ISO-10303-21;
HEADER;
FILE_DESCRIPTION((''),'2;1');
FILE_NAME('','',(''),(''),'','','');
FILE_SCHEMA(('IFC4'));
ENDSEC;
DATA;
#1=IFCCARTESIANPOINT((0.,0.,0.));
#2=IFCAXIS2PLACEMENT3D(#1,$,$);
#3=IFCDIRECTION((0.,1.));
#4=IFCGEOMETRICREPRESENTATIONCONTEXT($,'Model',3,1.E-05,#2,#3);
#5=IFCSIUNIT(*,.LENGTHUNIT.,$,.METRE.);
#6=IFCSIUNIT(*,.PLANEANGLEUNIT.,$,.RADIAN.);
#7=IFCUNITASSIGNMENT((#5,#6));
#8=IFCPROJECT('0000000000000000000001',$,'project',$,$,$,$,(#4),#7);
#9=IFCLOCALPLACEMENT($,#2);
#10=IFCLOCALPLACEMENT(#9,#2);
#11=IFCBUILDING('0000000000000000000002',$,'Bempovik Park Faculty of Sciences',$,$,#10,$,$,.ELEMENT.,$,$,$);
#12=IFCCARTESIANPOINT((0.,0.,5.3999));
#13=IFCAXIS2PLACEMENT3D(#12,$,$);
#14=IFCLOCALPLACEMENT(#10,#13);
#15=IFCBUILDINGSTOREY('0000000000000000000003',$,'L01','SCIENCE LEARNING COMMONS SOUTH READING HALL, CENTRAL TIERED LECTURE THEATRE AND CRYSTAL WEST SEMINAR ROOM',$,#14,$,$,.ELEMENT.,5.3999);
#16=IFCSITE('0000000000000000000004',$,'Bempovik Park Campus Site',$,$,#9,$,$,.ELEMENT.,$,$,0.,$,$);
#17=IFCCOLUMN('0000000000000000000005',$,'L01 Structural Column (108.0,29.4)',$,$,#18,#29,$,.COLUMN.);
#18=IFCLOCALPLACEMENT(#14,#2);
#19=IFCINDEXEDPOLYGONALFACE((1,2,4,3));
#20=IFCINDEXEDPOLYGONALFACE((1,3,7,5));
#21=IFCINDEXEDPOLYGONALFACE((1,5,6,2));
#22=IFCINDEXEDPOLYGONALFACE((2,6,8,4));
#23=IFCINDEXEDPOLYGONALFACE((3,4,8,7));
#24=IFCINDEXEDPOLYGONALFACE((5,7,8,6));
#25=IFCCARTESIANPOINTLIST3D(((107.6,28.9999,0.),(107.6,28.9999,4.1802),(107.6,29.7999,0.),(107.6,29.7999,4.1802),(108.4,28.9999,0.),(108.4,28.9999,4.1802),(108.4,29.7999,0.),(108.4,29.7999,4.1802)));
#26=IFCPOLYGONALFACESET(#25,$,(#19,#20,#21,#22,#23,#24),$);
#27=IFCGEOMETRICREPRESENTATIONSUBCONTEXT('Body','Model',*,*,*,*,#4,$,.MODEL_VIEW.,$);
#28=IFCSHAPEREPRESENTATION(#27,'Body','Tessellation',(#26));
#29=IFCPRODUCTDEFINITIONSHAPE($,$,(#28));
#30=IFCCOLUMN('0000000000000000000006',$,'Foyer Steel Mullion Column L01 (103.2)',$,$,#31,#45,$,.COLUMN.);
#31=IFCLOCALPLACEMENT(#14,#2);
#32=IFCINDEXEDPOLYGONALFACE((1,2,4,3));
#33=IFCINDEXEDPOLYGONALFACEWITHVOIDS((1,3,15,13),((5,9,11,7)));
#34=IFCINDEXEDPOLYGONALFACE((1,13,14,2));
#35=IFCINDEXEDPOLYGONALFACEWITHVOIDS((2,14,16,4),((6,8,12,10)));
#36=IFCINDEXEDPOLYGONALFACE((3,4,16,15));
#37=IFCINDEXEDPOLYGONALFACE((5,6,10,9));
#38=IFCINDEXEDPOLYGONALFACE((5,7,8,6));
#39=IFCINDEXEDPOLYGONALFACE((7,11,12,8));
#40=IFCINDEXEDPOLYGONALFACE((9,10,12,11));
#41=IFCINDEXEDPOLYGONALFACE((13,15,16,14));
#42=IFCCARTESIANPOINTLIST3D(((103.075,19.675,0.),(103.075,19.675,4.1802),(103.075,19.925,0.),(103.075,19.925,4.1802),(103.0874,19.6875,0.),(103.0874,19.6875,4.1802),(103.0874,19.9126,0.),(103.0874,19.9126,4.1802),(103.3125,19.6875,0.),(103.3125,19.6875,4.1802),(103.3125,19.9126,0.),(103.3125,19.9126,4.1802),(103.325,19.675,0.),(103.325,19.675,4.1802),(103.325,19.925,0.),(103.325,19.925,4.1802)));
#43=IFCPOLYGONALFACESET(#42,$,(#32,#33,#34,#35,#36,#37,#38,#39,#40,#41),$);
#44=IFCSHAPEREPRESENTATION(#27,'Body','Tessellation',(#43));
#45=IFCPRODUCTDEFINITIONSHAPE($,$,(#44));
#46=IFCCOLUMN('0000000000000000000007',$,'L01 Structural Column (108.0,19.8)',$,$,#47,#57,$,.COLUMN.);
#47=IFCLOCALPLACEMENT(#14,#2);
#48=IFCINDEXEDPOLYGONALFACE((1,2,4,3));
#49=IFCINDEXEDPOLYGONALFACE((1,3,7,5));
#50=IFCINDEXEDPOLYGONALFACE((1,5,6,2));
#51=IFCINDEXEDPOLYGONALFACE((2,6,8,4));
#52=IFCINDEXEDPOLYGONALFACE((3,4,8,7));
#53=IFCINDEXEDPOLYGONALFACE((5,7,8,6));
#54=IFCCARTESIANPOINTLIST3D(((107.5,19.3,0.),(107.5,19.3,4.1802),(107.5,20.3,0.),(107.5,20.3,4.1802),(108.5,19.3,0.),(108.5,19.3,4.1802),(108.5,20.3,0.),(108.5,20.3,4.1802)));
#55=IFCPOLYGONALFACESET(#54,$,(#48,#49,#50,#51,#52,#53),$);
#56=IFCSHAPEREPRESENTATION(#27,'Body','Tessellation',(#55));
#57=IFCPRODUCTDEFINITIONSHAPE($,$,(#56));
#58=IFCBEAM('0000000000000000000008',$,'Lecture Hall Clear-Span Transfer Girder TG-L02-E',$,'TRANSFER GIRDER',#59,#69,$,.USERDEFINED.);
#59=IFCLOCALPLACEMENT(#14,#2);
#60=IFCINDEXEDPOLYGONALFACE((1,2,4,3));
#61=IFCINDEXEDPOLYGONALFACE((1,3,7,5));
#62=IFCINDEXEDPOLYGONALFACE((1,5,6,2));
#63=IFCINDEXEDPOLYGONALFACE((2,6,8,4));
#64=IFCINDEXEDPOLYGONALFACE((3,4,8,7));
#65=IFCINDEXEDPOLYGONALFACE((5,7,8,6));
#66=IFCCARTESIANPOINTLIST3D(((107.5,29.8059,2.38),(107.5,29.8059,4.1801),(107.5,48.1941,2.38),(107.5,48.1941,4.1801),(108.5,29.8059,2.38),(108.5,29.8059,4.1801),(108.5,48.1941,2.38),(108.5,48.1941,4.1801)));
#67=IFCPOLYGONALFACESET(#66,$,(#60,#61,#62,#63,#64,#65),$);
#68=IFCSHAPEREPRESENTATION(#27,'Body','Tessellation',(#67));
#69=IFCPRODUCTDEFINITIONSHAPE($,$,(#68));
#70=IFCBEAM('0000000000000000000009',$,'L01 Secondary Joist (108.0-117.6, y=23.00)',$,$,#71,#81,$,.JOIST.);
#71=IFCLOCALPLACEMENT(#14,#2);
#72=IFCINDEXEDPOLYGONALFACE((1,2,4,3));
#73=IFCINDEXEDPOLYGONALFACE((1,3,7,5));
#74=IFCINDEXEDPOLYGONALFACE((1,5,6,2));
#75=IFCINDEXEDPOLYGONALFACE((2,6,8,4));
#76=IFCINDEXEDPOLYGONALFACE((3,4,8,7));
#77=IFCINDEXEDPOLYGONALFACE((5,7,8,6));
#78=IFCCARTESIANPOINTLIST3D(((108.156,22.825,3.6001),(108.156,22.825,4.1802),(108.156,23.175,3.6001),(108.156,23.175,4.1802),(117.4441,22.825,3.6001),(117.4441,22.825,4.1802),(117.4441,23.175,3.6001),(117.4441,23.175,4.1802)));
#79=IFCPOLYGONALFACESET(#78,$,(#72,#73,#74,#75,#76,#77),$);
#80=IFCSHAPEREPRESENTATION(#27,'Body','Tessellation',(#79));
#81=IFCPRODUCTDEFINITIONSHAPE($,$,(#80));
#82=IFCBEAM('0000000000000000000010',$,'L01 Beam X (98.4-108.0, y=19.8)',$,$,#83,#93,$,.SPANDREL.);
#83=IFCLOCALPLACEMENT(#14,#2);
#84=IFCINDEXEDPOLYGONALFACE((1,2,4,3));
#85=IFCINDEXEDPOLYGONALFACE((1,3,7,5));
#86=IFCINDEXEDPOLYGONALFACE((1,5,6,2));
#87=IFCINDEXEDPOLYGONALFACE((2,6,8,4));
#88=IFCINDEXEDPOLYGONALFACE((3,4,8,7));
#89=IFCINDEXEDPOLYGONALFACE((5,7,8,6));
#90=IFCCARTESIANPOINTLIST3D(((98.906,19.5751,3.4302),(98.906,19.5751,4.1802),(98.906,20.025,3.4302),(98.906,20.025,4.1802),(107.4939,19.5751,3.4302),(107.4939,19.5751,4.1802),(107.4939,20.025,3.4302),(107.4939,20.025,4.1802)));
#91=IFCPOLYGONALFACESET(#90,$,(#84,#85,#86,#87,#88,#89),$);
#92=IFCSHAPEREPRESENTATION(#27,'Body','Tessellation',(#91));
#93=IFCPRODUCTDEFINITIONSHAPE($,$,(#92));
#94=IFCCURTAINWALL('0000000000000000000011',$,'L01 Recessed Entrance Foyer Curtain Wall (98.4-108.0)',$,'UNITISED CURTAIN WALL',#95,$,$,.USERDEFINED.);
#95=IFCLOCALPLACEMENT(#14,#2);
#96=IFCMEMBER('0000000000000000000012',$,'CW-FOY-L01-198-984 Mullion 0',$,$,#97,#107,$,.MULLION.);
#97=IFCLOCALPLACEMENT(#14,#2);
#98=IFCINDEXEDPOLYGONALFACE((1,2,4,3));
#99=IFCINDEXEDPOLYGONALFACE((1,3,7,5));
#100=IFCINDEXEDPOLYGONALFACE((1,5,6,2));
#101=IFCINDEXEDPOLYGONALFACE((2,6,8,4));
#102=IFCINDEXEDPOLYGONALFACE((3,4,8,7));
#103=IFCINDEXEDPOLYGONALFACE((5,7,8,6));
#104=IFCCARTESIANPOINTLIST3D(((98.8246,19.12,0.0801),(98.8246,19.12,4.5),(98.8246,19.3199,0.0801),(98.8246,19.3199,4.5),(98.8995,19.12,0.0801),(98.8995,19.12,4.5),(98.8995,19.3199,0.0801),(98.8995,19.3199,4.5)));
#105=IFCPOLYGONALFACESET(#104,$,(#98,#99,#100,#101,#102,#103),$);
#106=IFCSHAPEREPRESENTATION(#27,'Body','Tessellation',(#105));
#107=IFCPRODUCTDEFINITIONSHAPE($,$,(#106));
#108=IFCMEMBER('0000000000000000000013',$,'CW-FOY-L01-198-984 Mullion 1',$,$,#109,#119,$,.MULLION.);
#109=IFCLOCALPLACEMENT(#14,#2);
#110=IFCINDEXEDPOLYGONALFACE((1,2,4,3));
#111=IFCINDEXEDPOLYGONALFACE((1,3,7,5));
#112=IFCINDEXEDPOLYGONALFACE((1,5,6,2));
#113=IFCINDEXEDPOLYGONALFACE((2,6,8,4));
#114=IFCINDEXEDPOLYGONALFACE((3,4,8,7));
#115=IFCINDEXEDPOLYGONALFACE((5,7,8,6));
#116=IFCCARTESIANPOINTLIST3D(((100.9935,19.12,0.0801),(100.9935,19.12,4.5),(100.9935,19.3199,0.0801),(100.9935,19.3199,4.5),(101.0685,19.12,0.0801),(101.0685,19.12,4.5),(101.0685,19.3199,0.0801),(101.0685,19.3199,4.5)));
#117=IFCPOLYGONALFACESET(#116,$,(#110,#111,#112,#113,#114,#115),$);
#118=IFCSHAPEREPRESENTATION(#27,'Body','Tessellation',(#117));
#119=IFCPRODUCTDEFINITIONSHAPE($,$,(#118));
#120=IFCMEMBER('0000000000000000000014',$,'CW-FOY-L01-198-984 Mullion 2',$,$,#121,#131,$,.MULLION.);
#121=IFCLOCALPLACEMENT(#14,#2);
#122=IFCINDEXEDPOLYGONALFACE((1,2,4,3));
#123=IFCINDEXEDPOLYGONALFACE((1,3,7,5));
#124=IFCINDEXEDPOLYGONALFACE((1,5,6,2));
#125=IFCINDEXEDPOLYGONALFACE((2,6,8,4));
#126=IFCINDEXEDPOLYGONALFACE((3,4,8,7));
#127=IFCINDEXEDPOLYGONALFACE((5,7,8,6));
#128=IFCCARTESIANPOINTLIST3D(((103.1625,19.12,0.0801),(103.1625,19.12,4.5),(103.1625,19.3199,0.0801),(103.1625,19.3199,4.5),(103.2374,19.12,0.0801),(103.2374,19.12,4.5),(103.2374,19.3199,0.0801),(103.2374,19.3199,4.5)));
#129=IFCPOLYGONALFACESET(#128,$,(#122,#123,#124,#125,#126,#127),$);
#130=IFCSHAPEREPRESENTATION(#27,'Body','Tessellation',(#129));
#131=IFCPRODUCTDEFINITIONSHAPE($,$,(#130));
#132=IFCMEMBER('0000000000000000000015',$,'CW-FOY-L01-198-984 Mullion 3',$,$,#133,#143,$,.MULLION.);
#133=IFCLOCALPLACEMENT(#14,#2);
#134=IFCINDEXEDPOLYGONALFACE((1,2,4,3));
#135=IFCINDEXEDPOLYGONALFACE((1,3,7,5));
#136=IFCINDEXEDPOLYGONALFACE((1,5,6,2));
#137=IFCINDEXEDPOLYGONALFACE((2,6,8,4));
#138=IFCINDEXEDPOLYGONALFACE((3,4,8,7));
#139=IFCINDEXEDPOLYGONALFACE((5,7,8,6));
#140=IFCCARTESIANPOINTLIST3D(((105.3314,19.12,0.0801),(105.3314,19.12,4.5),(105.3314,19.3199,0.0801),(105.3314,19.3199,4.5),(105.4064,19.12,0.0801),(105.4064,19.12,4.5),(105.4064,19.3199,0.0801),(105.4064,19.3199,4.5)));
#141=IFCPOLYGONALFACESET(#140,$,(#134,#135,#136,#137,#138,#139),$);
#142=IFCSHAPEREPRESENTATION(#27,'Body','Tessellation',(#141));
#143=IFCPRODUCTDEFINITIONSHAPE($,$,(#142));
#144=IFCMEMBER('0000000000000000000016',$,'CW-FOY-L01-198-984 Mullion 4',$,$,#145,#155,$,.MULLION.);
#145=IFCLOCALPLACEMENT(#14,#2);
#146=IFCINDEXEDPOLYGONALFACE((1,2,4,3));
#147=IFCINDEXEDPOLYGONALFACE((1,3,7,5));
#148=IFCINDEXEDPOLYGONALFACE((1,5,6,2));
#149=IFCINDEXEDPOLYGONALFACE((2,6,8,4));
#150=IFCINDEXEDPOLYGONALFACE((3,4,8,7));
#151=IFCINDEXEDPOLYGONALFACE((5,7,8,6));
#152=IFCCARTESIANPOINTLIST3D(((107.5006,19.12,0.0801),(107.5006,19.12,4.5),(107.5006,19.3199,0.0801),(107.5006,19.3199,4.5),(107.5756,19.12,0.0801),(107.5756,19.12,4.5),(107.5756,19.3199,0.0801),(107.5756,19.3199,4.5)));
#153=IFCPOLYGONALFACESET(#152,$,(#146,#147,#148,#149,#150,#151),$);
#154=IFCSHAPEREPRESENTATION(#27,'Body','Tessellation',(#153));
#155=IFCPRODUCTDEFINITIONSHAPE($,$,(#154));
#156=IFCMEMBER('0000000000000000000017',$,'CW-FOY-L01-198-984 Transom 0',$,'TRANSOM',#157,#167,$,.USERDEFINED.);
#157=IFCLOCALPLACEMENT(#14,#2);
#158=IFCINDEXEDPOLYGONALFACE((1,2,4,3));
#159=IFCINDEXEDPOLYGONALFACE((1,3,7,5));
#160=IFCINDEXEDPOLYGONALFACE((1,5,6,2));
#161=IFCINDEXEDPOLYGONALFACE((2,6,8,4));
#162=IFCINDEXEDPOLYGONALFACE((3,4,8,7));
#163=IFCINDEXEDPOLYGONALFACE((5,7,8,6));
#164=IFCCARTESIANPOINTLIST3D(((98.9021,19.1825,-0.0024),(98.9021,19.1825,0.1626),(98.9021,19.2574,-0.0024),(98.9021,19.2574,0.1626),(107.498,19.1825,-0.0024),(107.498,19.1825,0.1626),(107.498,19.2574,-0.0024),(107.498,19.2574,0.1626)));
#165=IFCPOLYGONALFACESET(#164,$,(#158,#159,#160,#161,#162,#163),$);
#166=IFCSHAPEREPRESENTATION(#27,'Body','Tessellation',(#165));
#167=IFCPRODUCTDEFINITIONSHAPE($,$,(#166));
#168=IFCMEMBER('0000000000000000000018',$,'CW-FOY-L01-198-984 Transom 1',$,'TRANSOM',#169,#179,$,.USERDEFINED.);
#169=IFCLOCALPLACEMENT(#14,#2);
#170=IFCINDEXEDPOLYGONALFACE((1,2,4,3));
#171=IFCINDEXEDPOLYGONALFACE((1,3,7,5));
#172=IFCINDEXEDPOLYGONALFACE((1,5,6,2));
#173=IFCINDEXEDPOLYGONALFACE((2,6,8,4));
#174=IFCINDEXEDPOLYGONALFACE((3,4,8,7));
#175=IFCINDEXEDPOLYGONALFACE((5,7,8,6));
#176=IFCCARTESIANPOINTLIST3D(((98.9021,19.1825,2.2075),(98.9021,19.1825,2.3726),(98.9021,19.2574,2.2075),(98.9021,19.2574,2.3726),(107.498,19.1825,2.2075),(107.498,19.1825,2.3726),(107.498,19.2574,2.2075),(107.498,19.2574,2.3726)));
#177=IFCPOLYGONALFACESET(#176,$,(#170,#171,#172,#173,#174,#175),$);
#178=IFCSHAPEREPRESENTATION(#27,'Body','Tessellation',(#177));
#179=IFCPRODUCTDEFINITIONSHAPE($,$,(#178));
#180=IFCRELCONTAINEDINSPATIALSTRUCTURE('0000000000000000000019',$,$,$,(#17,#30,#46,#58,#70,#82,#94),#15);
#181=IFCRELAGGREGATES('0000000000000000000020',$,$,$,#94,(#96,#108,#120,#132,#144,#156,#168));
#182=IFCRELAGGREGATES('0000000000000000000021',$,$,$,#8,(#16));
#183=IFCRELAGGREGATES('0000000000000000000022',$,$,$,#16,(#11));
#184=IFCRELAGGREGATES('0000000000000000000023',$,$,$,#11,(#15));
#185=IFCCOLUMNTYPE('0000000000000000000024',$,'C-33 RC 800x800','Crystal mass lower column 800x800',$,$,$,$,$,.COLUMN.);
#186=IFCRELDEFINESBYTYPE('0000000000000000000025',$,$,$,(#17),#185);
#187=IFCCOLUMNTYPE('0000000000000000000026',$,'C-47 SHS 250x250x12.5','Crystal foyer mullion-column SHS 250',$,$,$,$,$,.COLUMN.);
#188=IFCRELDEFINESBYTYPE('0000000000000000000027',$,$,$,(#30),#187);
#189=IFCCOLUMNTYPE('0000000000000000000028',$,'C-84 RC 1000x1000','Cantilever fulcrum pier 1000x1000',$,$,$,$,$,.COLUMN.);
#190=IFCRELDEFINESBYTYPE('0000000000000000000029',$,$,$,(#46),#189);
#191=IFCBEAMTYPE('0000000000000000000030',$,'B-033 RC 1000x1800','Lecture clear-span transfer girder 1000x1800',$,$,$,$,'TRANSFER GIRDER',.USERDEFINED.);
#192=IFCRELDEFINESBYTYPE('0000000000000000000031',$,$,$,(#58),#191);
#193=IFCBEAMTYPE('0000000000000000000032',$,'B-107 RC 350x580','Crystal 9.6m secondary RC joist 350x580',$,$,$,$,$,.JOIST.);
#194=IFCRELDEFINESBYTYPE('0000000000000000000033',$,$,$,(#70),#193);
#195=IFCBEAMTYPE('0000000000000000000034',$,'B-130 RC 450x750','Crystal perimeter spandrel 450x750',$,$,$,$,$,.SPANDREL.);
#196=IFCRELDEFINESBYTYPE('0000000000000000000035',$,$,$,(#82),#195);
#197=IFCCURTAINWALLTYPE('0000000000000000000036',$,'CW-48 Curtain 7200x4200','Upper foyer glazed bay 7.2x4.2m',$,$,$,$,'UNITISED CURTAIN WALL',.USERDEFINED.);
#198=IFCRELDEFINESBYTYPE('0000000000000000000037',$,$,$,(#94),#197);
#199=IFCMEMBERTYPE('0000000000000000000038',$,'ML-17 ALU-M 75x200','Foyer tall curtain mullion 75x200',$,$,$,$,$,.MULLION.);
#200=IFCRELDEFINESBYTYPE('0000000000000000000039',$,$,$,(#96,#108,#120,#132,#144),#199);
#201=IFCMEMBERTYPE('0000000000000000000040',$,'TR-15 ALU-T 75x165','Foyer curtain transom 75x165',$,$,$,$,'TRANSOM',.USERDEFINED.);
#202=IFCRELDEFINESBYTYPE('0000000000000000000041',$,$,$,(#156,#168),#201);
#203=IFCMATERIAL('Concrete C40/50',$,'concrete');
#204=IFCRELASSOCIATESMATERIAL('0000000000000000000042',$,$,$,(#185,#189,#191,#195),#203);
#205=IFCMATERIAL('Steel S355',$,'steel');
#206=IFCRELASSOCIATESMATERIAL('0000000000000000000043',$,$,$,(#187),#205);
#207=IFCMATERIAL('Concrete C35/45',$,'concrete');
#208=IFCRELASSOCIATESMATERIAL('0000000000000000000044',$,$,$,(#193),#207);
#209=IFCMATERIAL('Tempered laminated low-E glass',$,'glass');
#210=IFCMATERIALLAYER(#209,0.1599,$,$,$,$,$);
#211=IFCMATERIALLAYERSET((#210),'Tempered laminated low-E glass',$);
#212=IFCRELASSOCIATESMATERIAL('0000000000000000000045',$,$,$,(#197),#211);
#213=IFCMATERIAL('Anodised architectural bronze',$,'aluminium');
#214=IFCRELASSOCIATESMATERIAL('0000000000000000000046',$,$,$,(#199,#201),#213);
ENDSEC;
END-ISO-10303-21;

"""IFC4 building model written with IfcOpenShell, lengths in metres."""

from ifc_helpers import new_model, si_unit, direction, frame, origin, origin_2d, place, context, subcontext, project, spatial, rectangle, hollow_rectangle, extrude, material, layer, layer_set, material_profile, profile_set, type_object, element, aggregate, save


model = new_model("IFC4")

# Units and contexts
model_context = context("Model", 3, precision=1e-05, world=origin(), true_north=direction((0.0, 1.0)))
body_context = subcontext(model_context, "Body", "Model", "MODEL_VIEW")
ifc_project = project(units=[si_unit("LENGTHUNIT", "METRE"), si_unit("PLANEANGLEUNIT", "RADIAN")], contexts=[model_context])

# Site, building, storey
site_placement = place(None, origin())
site = spatial("IfcSite", under=ifc_project, at=site_placement, Name="Bempovik Park Campus Site", CompositionType="ELEMENT", RefElevation=0.0)
building_placement = place(site_placement, origin())
building = spatial("IfcBuilding", under=site, at=building_placement, Name="Bempovik Park Faculty of Sciences", CompositionType="ELEMENT")
storey_placement = place(building_placement, frame((0.0, 0.0, 5.3999)))
storey = spatial("IfcBuildingStorey", under=building, at=storey_placement, Name="L01", Description="SCIENCE LEARNING COMMONS SOUTH READING HALL, CENTRAL TIERED LECTURE THEATRE AND CRYSTAL WEST SEMINAR ROOM", CompositionType="ELEMENT", Elevation=5.3999)

# Columns
ifc_material_1 = material(Name="Concrete C40/50", Category="concrete")
ifc_material_profile_1 = material_profile(ifc_material_1, rectangle(XDim=0.8, YDim=0.8, at=origin_2d()), Name="RC 800x800")
ifc_profile_set_1 = profile_set([ifc_material_profile_1], Name="Concrete C40/50")
column_type_1 = type_object("IfcColumnType", Name="C-33 RC 800x800", Description="Crystal mass lower column 800x800", PredefinedType="COLUMN", material=ifc_profile_set_1)
column_1_placement = place(storey_placement, frame((108.0, 29.3999, 0.0), z_axis=(0.0, 0.0, 1.0), x_axis=(1.0, 0.0, 0.0)))
element("IfcColumn", 1, at=column_1_placement, inside=storey, type_object=column_type_1, Name="L01 Structural Column (108.0,29.4)", PredefinedType="COLUMN", context=body_context, shape_type="SweptSolid", body=[
    extrude(rectangle(XDim=0.8, YDim=0.8, at=origin_2d()), origin(), (0.0, 0.0, 1.0), 4.1802),
])
ifc_material_2 = material(Name="Steel S355", Category="steel")
ifc_material_profile_2 = material_profile(ifc_material_2, hollow_rectangle(XDim=0.25, YDim=0.25, WallThickness=0.0125, at=origin_2d()), Name="SHS 250x250x12.5")
ifc_profile_set_2 = profile_set([ifc_material_profile_2], Name="Steel S355")
column_type_2 = type_object("IfcColumnType", Name="C-47 SHS 250x250x12.5", Description="Crystal foyer mullion-column SHS 250", PredefinedType="COLUMN", material=ifc_profile_set_2)
column_2_placement = place(storey_placement, frame((103.2, 19.8, 0.0), z_axis=(0.0, 0.0, 1.0), x_axis=(1.0, 0.0, 0.0)))
element("IfcColumn", 2, at=column_2_placement, inside=storey, type_object=column_type_2, Name="Foyer Steel Mullion Column L01 (103.2)", PredefinedType="COLUMN", context=body_context, shape_type="SweptSolid", body=[
    extrude(hollow_rectangle(XDim=0.25, YDim=0.25, WallThickness=0.0125, at=origin_2d()), origin(), (0.0, 0.0, 1.0), 4.1802),
])
ifc_material_profile_3 = material_profile(ifc_material_1, rectangle(XDim=1.0, YDim=1.0, at=origin_2d()), Name="RC 1000x1000")
ifc_profile_set_3 = profile_set([ifc_material_profile_3], Name="Concrete C40/50")
column_type_3 = type_object("IfcColumnType", Name="C-84 RC 1000x1000", Description="Cantilever fulcrum pier 1000x1000", PredefinedType="COLUMN", material=ifc_profile_set_3)
column_3_placement = place(storey_placement, frame((108.0, 19.8, 0.0), z_axis=(0.0, 0.0, 1.0), x_axis=(1.0, 0.0, 0.0)))
element("IfcColumn", 3, at=column_3_placement, inside=storey, type_object=column_type_3, Name="L01 Structural Column (108.0,19.8)", PredefinedType="COLUMN", context=body_context, shape_type="SweptSolid", body=[
    extrude(rectangle(XDim=1.0, YDim=1.0, at=origin_2d()), origin(), (0.0, 0.0, 1.0), 4.1802),
])

# Beams
ifc_material_profile_4 = material_profile(ifc_material_1, rectangle(XDim=1.0, YDim=1.8, at=origin_2d()), Name="RC 1000x1800")
ifc_profile_set_4 = profile_set([ifc_material_profile_4], Name="Concrete C40/50")
beam_type_1 = type_object("IfcBeamType", Name="B-033 RC 1000x1800", Description="Lecture clear-span transfer girder 1000x1800", ElementType="TRANSFER GIRDER", PredefinedType="USERDEFINED", material=ifc_profile_set_4)
beam_1_placement = place(storey_placement, frame((108.0, 29.8059, 3.28), z_axis=(0.0, 1.0, 0.0), x_axis=(-1.0, 0.0, 0.0)))
element("IfcBeam", 4, at=beam_1_placement, inside=storey, type_object=beam_type_1, Name="Lecture Hall Clear-Span Transfer Girder TG-L02-E", ObjectType="TRANSFER GIRDER", PredefinedType="USERDEFINED", context=body_context, shape_type="SweptSolid", body=[
    extrude(rectangle(XDim=1.0, YDim=1.8, at=origin_2d()), origin(), (0.0, 0.0, 1.0), 18.3882),
])
ifc_material_3 = material(Name="Concrete C35/45", Category="concrete")
ifc_material_profile_5 = material_profile(ifc_material_3, rectangle(XDim=0.3501, YDim=0.5801, at=origin_2d()), Name="RC 350x580")
ifc_profile_set_5 = profile_set([ifc_material_profile_5], Name="Concrete C35/45")
beam_type_2 = type_object("IfcBeamType", Name="B-107 RC 350x580", Description="Crystal 9.6m secondary RC joist 350x580", PredefinedType="JOIST", material=ifc_profile_set_5)
beam_2_placement = place(storey_placement, frame((108.156, 23.0, 3.8901), z_axis=(1.0, 0.0, 0.0), x_axis=(0.0, 1.0, 0.0)))
element("IfcBeam", 5, at=beam_2_placement, inside=storey, type_object=beam_type_2, Name="L01 Secondary Joist (108.0-117.6, y=23.00)", PredefinedType="JOIST", context=body_context, shape_type="SweptSolid", body=[
    extrude(rectangle(XDim=0.3501, YDim=0.5801, at=origin_2d()), origin(), (0.0, 0.0, 1.0), 9.2881),
])
ifc_material_profile_6 = material_profile(ifc_material_1, rectangle(XDim=0.45, YDim=0.75, at=origin_2d()), Name="RC 450x750")
ifc_profile_set_6 = profile_set([ifc_material_profile_6], Name="Concrete C40/50")
beam_type_3 = type_object("IfcBeamType", Name="B-130 RC 450x750", Description="Crystal perimeter spandrel 450x750", PredefinedType="SPANDREL", material=ifc_profile_set_6)
beam_3_placement = place(storey_placement, frame((98.906, 19.8, 3.8052), z_axis=(1.0, 0.0, 0.0), x_axis=(0.0, 1.0, 0.0)))
element("IfcBeam", 6, at=beam_3_placement, inside=storey, type_object=beam_type_3, Name="L01 Beam X (98.4-108.0, y=19.8)", PredefinedType="SPANDREL", context=body_context, shape_type="SweptSolid", body=[
    extrude(rectangle(XDim=0.45, YDim=0.75, at=origin_2d()), origin(), (0.0, 0.0, 1.0), 8.5879),
])

# Curtain wall, members
ifc_material_4 = material(Name="Tempered laminated low-E glass", Category="glass")
ifc_layer_1 = layer(ifc_material_4, 0.1599)
ifc_layer_set_1 = layer_set([ifc_layer_1], Name="Tempered laminated low-E glass")
curtain_wall_type = type_object("IfcCurtainWallType", Name="CW-48 Curtain 7200x4200", Description="Upper foyer glazed bay 7.2x4.2m", ElementType="UNITISED CURTAIN WALL", PredefinedType="USERDEFINED", material=ifc_layer_set_1)
curtain_wall_placement = place(storey_placement, origin())
curtain_wall = element("IfcCurtainWall", 7, at=curtain_wall_placement, inside=storey, type_object=curtain_wall_type, Name="L01 Recessed Entrance Foyer Curtain Wall (98.4-108.0)", ObjectType="UNITISED CURTAIN WALL", PredefinedType="USERDEFINED")
ifc_material_5 = material(Name="Anodised architectural bronze", Category="aluminium")
ifc_material_profile_7 = material_profile(ifc_material_5, rectangle(XDim=0.075, YDim=0.2, at=origin_2d()), Name="ALU-M 75x200")
ifc_profile_set_7 = profile_set([ifc_material_profile_7], Name="Anodised architectural bronze")
member_type_1 = type_object("IfcMemberType", Name="ML-17 ALU-M 75x200", Description="Foyer tall curtain mullion 75x200", PredefinedType="MULLION", material=ifc_profile_set_7)
member_1_placement = place(storey_placement, frame((98.8621, 19.22, 0.0801), z_axis=(0.0, 0.0, 1.0), x_axis=(1.0, 0.0, 0.0)))
member_1 = element("IfcMember", 8, at=member_1_placement, type_object=member_type_1, Name="CW-FOY-L01-198-984 Mullion 0", PredefinedType="MULLION", context=body_context, shape_type="SweptSolid", body=[
    extrude(rectangle(XDim=0.075, YDim=0.2, at=origin_2d()), origin(), (0.0, 0.0, 1.0), 4.4199),
])
member_2_placement = place(storey_placement, frame((101.031, 19.22, 0.0801), z_axis=(0.0, 0.0, 1.0), x_axis=(1.0, 0.0, 0.0)))
member_2 = element("IfcMember", 9, at=member_2_placement, type_object=member_type_1, Name="CW-FOY-L01-198-984 Mullion 1", PredefinedType="MULLION", context=body_context, shape_type="SweptSolid", body=[
    extrude(rectangle(XDim=0.075, YDim=0.2, at=origin_2d()), origin(), (0.0, 0.0, 1.0), 4.4199),
])
member_3_placement = place(storey_placement, frame((103.2, 19.22, 0.0801), z_axis=(0.0, 0.0, 1.0), x_axis=(1.0, 0.0, 0.0)))
member_3 = element("IfcMember", 10, at=member_3_placement, type_object=member_type_1, Name="CW-FOY-L01-198-984 Mullion 2", PredefinedType="MULLION", context=body_context, shape_type="SweptSolid", body=[
    extrude(rectangle(XDim=0.075, YDim=0.2, at=origin_2d()), origin(), (0.0, 0.0, 1.0), 4.4199),
])
member_4_placement = place(storey_placement, frame((105.3689, 19.22, 0.0801), z_axis=(0.0, 0.0, 1.0), x_axis=(1.0, 0.0, 0.0)))
member_4 = element("IfcMember", 11, at=member_4_placement, type_object=member_type_1, Name="CW-FOY-L01-198-984 Mullion 3", PredefinedType="MULLION", context=body_context, shape_type="SweptSolid", body=[
    extrude(rectangle(XDim=0.075, YDim=0.2, at=origin_2d()), origin(), (0.0, 0.0, 1.0), 4.4199),
])
member_5_placement = place(storey_placement, frame((107.5381, 19.22, 0.0801), z_axis=(0.0, 0.0, 1.0), x_axis=(1.0, 0.0, 0.0)))
member_5 = element("IfcMember", 12, at=member_5_placement, type_object=member_type_1, Name="CW-FOY-L01-198-984 Mullion 4", PredefinedType="MULLION", context=body_context, shape_type="SweptSolid", body=[
    extrude(rectangle(XDim=0.075, YDim=0.2, at=origin_2d()), origin(), (0.0, 0.0, 1.0), 4.4199),
])
ifc_material_profile_8 = material_profile(ifc_material_5, rectangle(XDim=0.075, YDim=0.165, at=origin_2d()), Name="ALU-T 75x165")
ifc_profile_set_8 = profile_set([ifc_material_profile_8], Name="Anodised architectural bronze")
member_type_2 = type_object("IfcMemberType", Name="TR-15 ALU-T 75x165", Description="Foyer curtain transom 75x165", ElementType="TRANSOM", PredefinedType="USERDEFINED", material=ifc_profile_set_8)
member_6_placement = place(storey_placement, frame((98.9021, 19.22, 0.0801), z_axis=(1.0, 0.0, 0.0), x_axis=(0.0, 1.0, 0.0)))
member_6 = element("IfcMember", 13, at=member_6_placement, type_object=member_type_2, Name="CW-FOY-L01-198-984 Transom 0", ObjectType="TRANSOM", PredefinedType="USERDEFINED", context=body_context, shape_type="SweptSolid", body=[
    extrude(rectangle(XDim=0.075, YDim=0.165, at=origin_2d()), origin(), (0.0, 0.0, 1.0), 8.5959),
])
member_7_placement = place(storey_placement, frame((98.9021, 19.22, 2.29), z_axis=(1.0, 0.0, 0.0), x_axis=(0.0, 1.0, 0.0)))
member_7 = element("IfcMember", 14, at=member_7_placement, type_object=member_type_2, Name="CW-FOY-L01-198-984 Transom 1", ObjectType="TRANSOM", PredefinedType="USERDEFINED", context=body_context, shape_type="SweptSolid", body=[
    extrude(rectangle(XDim=0.075, YDim=0.165, at=origin_2d()), origin(), (0.0, 0.0, 1.0), 8.5959),
])
aggregate(curtain_wall, [member_1, member_2, member_3, member_4, member_5, member_6, member_7])

save(model, "model.ifc")
